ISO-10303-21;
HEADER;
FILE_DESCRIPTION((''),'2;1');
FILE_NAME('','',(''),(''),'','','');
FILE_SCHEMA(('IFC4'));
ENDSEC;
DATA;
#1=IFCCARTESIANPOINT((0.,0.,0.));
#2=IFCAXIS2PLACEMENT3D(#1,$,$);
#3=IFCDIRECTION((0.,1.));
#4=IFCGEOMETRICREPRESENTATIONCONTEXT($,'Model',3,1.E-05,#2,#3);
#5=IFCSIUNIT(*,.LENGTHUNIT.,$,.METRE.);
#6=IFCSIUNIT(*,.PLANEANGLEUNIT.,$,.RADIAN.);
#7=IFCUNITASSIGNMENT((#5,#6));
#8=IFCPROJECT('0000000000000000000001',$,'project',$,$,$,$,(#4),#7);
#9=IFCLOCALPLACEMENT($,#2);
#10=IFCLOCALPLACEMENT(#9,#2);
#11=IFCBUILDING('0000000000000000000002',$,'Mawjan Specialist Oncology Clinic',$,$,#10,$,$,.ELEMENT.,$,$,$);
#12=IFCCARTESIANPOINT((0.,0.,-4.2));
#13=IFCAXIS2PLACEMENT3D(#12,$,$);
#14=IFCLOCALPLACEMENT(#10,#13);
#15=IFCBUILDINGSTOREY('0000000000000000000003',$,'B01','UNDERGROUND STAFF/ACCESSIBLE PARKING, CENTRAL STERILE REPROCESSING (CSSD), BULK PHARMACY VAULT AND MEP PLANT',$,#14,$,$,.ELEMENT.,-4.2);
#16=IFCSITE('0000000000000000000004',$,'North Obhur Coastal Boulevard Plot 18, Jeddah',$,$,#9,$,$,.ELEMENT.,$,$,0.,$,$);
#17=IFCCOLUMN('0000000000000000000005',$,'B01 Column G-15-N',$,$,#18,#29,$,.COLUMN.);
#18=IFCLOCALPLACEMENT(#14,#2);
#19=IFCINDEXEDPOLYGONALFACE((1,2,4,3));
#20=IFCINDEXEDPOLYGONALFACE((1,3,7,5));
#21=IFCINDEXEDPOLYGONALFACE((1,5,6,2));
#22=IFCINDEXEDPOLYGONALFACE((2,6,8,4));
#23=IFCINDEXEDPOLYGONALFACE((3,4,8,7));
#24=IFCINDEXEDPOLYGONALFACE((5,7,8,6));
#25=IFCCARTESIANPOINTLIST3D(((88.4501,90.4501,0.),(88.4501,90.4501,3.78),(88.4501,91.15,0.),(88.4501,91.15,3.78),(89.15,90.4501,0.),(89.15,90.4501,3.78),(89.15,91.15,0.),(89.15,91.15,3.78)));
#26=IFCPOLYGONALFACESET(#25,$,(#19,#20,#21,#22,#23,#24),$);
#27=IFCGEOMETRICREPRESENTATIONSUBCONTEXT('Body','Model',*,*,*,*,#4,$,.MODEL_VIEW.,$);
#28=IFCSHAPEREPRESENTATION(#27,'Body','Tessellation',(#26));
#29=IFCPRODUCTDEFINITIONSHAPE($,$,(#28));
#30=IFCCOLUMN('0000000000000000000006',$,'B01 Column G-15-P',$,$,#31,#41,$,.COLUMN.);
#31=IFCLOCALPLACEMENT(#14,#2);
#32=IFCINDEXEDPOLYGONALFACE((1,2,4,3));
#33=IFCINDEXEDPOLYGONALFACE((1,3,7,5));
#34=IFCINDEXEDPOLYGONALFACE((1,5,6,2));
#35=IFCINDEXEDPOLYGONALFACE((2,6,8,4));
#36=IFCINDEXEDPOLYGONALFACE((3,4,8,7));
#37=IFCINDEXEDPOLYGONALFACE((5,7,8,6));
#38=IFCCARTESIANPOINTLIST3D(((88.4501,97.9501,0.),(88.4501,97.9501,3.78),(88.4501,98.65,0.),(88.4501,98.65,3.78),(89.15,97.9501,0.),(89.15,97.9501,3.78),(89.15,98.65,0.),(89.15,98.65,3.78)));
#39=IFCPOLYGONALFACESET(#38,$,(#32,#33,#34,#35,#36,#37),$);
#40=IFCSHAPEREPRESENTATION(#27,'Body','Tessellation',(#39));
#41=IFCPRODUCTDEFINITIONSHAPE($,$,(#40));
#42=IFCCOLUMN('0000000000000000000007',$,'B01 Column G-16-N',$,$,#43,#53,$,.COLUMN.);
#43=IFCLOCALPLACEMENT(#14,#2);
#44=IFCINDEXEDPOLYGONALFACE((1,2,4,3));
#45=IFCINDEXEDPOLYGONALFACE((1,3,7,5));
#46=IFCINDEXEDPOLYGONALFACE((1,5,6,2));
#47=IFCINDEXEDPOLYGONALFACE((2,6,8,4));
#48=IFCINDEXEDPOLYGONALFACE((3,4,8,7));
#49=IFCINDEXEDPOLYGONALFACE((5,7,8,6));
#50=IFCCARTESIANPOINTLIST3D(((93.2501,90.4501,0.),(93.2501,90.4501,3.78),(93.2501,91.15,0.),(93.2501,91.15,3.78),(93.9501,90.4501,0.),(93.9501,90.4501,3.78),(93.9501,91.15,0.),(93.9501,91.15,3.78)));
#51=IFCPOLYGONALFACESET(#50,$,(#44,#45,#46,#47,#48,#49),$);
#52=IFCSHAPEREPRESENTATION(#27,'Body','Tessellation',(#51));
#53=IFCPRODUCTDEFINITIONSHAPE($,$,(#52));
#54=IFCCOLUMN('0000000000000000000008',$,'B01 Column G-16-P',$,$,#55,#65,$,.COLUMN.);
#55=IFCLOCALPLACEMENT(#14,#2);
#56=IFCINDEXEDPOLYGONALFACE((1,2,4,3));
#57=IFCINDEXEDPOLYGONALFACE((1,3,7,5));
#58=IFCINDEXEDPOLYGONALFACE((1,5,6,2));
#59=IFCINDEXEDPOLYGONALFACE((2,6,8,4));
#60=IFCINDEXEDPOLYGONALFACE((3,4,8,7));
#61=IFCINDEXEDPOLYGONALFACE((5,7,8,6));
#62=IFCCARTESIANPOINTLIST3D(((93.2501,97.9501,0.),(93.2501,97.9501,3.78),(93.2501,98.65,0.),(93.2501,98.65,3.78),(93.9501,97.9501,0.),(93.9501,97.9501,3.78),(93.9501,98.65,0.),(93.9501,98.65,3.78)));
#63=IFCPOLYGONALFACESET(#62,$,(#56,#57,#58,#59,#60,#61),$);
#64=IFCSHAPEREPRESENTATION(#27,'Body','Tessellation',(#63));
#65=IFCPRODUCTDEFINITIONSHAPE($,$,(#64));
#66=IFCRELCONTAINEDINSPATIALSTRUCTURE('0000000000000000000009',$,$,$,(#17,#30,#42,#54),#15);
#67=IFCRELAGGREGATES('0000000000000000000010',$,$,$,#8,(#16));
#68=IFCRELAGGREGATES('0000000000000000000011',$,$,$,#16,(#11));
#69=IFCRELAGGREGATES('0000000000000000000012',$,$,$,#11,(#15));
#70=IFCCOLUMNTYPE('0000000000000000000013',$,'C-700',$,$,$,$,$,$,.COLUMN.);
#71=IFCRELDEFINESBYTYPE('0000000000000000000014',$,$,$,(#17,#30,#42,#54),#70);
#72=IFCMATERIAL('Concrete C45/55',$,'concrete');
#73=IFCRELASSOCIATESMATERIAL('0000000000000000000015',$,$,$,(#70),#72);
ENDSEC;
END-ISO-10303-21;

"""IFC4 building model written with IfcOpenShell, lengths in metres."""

from ifc_helpers import new_model, si_unit, direction, frame, origin, origin_2d, place, context, subcontext, project, spatial, rectangle, extrude, material, material_profile, profile_set, type_object, element, save


model = new_model("IFC4")

# Units and contexts
model_context = context("Model", 3, precision=1e-05, world=origin(), true_north=direction((0.0, 1.0)))
body_context = subcontext(model_context, "Body", "Model", "MODEL_VIEW")
ifc_project = project(units=[si_unit("LENGTHUNIT", "METRE"), si_unit("PLANEANGLEUNIT", "RADIAN")], contexts=[model_context])

# Site, building, storey
site_placement = place(None, origin())
site = spatial("IfcSite", under=ifc_project, at=site_placement, Name="North Obhur Coastal Boulevard Plot 18, Jeddah", CompositionType="ELEMENT", RefElevation=0.0)
building_placement = place(site_placement, origin())
building = spatial("IfcBuilding", under=site, at=building_placement, Name="Mawjan Specialist Oncology Clinic", CompositionType="ELEMENT")
storey_placement = place(building_placement, frame((0.0, 0.0, -4.2)))
storey = spatial("IfcBuildingStorey", under=building, at=storey_placement, Name="B01", Description="UNDERGROUND STAFF/ACCESSIBLE PARKING, CENTRAL STERILE REPROCESSING (CSSD), BULK PHARMACY VAULT AND MEP PLANT", CompositionType="ELEMENT", Elevation=-4.2)

# Columns
ifc_material_1 = material(Name="Concrete C45/55", Category="concrete")
ifc_material_profile_1 = material_profile(ifc_material_1, rectangle(XDim=0.7, YDim=0.7, at=origin_2d()), Name="RC COL 700x700", Category="concrete")
ifc_profile_set_1 = profile_set([ifc_material_profile_1], Name="Concrete C45/55")
column_type = type_object("IfcColumnType", Name="C-700", PredefinedType="COLUMN", material=ifc_profile_set_1)
for number, where, z_axis, x_axis, name in (
    (1, (88.8, 90.8, 0.0), (0.0, 0.0, 1.0), (1.0, 0.0, 0.0), "B01 Column G-15-N"),
    (2, (88.8, 98.3, 0.0), (0.0, 0.0, 1.0), (1.0, 0.0, 0.0), "B01 Column G-15-P"),
    (3, (93.6001, 90.8, 0.0), (0.0, 0.0, 1.0), (1.0, 0.0, 0.0), "B01 Column G-16-N"),
    (4, (93.6001, 98.3, 0.0), (0.0, 0.0, 1.0), (1.0, 0.0, 0.0), "B01 Column G-16-P"),
):
    element("IfcColumn", number, at=place(storey_placement, frame(where, z_axis=z_axis, x_axis=x_axis)), inside=storey, type_object=column_type, Name=name, PredefinedType="COLUMN", context=body_context, shape_type="SweptSolid", body=[
        extrude(rectangle(XDim=0.7, YDim=0.7, at=origin_2d()), origin(), (0.0, 0.0, 1.0), 3.78),
    ])

save(model, "model.ifc")
